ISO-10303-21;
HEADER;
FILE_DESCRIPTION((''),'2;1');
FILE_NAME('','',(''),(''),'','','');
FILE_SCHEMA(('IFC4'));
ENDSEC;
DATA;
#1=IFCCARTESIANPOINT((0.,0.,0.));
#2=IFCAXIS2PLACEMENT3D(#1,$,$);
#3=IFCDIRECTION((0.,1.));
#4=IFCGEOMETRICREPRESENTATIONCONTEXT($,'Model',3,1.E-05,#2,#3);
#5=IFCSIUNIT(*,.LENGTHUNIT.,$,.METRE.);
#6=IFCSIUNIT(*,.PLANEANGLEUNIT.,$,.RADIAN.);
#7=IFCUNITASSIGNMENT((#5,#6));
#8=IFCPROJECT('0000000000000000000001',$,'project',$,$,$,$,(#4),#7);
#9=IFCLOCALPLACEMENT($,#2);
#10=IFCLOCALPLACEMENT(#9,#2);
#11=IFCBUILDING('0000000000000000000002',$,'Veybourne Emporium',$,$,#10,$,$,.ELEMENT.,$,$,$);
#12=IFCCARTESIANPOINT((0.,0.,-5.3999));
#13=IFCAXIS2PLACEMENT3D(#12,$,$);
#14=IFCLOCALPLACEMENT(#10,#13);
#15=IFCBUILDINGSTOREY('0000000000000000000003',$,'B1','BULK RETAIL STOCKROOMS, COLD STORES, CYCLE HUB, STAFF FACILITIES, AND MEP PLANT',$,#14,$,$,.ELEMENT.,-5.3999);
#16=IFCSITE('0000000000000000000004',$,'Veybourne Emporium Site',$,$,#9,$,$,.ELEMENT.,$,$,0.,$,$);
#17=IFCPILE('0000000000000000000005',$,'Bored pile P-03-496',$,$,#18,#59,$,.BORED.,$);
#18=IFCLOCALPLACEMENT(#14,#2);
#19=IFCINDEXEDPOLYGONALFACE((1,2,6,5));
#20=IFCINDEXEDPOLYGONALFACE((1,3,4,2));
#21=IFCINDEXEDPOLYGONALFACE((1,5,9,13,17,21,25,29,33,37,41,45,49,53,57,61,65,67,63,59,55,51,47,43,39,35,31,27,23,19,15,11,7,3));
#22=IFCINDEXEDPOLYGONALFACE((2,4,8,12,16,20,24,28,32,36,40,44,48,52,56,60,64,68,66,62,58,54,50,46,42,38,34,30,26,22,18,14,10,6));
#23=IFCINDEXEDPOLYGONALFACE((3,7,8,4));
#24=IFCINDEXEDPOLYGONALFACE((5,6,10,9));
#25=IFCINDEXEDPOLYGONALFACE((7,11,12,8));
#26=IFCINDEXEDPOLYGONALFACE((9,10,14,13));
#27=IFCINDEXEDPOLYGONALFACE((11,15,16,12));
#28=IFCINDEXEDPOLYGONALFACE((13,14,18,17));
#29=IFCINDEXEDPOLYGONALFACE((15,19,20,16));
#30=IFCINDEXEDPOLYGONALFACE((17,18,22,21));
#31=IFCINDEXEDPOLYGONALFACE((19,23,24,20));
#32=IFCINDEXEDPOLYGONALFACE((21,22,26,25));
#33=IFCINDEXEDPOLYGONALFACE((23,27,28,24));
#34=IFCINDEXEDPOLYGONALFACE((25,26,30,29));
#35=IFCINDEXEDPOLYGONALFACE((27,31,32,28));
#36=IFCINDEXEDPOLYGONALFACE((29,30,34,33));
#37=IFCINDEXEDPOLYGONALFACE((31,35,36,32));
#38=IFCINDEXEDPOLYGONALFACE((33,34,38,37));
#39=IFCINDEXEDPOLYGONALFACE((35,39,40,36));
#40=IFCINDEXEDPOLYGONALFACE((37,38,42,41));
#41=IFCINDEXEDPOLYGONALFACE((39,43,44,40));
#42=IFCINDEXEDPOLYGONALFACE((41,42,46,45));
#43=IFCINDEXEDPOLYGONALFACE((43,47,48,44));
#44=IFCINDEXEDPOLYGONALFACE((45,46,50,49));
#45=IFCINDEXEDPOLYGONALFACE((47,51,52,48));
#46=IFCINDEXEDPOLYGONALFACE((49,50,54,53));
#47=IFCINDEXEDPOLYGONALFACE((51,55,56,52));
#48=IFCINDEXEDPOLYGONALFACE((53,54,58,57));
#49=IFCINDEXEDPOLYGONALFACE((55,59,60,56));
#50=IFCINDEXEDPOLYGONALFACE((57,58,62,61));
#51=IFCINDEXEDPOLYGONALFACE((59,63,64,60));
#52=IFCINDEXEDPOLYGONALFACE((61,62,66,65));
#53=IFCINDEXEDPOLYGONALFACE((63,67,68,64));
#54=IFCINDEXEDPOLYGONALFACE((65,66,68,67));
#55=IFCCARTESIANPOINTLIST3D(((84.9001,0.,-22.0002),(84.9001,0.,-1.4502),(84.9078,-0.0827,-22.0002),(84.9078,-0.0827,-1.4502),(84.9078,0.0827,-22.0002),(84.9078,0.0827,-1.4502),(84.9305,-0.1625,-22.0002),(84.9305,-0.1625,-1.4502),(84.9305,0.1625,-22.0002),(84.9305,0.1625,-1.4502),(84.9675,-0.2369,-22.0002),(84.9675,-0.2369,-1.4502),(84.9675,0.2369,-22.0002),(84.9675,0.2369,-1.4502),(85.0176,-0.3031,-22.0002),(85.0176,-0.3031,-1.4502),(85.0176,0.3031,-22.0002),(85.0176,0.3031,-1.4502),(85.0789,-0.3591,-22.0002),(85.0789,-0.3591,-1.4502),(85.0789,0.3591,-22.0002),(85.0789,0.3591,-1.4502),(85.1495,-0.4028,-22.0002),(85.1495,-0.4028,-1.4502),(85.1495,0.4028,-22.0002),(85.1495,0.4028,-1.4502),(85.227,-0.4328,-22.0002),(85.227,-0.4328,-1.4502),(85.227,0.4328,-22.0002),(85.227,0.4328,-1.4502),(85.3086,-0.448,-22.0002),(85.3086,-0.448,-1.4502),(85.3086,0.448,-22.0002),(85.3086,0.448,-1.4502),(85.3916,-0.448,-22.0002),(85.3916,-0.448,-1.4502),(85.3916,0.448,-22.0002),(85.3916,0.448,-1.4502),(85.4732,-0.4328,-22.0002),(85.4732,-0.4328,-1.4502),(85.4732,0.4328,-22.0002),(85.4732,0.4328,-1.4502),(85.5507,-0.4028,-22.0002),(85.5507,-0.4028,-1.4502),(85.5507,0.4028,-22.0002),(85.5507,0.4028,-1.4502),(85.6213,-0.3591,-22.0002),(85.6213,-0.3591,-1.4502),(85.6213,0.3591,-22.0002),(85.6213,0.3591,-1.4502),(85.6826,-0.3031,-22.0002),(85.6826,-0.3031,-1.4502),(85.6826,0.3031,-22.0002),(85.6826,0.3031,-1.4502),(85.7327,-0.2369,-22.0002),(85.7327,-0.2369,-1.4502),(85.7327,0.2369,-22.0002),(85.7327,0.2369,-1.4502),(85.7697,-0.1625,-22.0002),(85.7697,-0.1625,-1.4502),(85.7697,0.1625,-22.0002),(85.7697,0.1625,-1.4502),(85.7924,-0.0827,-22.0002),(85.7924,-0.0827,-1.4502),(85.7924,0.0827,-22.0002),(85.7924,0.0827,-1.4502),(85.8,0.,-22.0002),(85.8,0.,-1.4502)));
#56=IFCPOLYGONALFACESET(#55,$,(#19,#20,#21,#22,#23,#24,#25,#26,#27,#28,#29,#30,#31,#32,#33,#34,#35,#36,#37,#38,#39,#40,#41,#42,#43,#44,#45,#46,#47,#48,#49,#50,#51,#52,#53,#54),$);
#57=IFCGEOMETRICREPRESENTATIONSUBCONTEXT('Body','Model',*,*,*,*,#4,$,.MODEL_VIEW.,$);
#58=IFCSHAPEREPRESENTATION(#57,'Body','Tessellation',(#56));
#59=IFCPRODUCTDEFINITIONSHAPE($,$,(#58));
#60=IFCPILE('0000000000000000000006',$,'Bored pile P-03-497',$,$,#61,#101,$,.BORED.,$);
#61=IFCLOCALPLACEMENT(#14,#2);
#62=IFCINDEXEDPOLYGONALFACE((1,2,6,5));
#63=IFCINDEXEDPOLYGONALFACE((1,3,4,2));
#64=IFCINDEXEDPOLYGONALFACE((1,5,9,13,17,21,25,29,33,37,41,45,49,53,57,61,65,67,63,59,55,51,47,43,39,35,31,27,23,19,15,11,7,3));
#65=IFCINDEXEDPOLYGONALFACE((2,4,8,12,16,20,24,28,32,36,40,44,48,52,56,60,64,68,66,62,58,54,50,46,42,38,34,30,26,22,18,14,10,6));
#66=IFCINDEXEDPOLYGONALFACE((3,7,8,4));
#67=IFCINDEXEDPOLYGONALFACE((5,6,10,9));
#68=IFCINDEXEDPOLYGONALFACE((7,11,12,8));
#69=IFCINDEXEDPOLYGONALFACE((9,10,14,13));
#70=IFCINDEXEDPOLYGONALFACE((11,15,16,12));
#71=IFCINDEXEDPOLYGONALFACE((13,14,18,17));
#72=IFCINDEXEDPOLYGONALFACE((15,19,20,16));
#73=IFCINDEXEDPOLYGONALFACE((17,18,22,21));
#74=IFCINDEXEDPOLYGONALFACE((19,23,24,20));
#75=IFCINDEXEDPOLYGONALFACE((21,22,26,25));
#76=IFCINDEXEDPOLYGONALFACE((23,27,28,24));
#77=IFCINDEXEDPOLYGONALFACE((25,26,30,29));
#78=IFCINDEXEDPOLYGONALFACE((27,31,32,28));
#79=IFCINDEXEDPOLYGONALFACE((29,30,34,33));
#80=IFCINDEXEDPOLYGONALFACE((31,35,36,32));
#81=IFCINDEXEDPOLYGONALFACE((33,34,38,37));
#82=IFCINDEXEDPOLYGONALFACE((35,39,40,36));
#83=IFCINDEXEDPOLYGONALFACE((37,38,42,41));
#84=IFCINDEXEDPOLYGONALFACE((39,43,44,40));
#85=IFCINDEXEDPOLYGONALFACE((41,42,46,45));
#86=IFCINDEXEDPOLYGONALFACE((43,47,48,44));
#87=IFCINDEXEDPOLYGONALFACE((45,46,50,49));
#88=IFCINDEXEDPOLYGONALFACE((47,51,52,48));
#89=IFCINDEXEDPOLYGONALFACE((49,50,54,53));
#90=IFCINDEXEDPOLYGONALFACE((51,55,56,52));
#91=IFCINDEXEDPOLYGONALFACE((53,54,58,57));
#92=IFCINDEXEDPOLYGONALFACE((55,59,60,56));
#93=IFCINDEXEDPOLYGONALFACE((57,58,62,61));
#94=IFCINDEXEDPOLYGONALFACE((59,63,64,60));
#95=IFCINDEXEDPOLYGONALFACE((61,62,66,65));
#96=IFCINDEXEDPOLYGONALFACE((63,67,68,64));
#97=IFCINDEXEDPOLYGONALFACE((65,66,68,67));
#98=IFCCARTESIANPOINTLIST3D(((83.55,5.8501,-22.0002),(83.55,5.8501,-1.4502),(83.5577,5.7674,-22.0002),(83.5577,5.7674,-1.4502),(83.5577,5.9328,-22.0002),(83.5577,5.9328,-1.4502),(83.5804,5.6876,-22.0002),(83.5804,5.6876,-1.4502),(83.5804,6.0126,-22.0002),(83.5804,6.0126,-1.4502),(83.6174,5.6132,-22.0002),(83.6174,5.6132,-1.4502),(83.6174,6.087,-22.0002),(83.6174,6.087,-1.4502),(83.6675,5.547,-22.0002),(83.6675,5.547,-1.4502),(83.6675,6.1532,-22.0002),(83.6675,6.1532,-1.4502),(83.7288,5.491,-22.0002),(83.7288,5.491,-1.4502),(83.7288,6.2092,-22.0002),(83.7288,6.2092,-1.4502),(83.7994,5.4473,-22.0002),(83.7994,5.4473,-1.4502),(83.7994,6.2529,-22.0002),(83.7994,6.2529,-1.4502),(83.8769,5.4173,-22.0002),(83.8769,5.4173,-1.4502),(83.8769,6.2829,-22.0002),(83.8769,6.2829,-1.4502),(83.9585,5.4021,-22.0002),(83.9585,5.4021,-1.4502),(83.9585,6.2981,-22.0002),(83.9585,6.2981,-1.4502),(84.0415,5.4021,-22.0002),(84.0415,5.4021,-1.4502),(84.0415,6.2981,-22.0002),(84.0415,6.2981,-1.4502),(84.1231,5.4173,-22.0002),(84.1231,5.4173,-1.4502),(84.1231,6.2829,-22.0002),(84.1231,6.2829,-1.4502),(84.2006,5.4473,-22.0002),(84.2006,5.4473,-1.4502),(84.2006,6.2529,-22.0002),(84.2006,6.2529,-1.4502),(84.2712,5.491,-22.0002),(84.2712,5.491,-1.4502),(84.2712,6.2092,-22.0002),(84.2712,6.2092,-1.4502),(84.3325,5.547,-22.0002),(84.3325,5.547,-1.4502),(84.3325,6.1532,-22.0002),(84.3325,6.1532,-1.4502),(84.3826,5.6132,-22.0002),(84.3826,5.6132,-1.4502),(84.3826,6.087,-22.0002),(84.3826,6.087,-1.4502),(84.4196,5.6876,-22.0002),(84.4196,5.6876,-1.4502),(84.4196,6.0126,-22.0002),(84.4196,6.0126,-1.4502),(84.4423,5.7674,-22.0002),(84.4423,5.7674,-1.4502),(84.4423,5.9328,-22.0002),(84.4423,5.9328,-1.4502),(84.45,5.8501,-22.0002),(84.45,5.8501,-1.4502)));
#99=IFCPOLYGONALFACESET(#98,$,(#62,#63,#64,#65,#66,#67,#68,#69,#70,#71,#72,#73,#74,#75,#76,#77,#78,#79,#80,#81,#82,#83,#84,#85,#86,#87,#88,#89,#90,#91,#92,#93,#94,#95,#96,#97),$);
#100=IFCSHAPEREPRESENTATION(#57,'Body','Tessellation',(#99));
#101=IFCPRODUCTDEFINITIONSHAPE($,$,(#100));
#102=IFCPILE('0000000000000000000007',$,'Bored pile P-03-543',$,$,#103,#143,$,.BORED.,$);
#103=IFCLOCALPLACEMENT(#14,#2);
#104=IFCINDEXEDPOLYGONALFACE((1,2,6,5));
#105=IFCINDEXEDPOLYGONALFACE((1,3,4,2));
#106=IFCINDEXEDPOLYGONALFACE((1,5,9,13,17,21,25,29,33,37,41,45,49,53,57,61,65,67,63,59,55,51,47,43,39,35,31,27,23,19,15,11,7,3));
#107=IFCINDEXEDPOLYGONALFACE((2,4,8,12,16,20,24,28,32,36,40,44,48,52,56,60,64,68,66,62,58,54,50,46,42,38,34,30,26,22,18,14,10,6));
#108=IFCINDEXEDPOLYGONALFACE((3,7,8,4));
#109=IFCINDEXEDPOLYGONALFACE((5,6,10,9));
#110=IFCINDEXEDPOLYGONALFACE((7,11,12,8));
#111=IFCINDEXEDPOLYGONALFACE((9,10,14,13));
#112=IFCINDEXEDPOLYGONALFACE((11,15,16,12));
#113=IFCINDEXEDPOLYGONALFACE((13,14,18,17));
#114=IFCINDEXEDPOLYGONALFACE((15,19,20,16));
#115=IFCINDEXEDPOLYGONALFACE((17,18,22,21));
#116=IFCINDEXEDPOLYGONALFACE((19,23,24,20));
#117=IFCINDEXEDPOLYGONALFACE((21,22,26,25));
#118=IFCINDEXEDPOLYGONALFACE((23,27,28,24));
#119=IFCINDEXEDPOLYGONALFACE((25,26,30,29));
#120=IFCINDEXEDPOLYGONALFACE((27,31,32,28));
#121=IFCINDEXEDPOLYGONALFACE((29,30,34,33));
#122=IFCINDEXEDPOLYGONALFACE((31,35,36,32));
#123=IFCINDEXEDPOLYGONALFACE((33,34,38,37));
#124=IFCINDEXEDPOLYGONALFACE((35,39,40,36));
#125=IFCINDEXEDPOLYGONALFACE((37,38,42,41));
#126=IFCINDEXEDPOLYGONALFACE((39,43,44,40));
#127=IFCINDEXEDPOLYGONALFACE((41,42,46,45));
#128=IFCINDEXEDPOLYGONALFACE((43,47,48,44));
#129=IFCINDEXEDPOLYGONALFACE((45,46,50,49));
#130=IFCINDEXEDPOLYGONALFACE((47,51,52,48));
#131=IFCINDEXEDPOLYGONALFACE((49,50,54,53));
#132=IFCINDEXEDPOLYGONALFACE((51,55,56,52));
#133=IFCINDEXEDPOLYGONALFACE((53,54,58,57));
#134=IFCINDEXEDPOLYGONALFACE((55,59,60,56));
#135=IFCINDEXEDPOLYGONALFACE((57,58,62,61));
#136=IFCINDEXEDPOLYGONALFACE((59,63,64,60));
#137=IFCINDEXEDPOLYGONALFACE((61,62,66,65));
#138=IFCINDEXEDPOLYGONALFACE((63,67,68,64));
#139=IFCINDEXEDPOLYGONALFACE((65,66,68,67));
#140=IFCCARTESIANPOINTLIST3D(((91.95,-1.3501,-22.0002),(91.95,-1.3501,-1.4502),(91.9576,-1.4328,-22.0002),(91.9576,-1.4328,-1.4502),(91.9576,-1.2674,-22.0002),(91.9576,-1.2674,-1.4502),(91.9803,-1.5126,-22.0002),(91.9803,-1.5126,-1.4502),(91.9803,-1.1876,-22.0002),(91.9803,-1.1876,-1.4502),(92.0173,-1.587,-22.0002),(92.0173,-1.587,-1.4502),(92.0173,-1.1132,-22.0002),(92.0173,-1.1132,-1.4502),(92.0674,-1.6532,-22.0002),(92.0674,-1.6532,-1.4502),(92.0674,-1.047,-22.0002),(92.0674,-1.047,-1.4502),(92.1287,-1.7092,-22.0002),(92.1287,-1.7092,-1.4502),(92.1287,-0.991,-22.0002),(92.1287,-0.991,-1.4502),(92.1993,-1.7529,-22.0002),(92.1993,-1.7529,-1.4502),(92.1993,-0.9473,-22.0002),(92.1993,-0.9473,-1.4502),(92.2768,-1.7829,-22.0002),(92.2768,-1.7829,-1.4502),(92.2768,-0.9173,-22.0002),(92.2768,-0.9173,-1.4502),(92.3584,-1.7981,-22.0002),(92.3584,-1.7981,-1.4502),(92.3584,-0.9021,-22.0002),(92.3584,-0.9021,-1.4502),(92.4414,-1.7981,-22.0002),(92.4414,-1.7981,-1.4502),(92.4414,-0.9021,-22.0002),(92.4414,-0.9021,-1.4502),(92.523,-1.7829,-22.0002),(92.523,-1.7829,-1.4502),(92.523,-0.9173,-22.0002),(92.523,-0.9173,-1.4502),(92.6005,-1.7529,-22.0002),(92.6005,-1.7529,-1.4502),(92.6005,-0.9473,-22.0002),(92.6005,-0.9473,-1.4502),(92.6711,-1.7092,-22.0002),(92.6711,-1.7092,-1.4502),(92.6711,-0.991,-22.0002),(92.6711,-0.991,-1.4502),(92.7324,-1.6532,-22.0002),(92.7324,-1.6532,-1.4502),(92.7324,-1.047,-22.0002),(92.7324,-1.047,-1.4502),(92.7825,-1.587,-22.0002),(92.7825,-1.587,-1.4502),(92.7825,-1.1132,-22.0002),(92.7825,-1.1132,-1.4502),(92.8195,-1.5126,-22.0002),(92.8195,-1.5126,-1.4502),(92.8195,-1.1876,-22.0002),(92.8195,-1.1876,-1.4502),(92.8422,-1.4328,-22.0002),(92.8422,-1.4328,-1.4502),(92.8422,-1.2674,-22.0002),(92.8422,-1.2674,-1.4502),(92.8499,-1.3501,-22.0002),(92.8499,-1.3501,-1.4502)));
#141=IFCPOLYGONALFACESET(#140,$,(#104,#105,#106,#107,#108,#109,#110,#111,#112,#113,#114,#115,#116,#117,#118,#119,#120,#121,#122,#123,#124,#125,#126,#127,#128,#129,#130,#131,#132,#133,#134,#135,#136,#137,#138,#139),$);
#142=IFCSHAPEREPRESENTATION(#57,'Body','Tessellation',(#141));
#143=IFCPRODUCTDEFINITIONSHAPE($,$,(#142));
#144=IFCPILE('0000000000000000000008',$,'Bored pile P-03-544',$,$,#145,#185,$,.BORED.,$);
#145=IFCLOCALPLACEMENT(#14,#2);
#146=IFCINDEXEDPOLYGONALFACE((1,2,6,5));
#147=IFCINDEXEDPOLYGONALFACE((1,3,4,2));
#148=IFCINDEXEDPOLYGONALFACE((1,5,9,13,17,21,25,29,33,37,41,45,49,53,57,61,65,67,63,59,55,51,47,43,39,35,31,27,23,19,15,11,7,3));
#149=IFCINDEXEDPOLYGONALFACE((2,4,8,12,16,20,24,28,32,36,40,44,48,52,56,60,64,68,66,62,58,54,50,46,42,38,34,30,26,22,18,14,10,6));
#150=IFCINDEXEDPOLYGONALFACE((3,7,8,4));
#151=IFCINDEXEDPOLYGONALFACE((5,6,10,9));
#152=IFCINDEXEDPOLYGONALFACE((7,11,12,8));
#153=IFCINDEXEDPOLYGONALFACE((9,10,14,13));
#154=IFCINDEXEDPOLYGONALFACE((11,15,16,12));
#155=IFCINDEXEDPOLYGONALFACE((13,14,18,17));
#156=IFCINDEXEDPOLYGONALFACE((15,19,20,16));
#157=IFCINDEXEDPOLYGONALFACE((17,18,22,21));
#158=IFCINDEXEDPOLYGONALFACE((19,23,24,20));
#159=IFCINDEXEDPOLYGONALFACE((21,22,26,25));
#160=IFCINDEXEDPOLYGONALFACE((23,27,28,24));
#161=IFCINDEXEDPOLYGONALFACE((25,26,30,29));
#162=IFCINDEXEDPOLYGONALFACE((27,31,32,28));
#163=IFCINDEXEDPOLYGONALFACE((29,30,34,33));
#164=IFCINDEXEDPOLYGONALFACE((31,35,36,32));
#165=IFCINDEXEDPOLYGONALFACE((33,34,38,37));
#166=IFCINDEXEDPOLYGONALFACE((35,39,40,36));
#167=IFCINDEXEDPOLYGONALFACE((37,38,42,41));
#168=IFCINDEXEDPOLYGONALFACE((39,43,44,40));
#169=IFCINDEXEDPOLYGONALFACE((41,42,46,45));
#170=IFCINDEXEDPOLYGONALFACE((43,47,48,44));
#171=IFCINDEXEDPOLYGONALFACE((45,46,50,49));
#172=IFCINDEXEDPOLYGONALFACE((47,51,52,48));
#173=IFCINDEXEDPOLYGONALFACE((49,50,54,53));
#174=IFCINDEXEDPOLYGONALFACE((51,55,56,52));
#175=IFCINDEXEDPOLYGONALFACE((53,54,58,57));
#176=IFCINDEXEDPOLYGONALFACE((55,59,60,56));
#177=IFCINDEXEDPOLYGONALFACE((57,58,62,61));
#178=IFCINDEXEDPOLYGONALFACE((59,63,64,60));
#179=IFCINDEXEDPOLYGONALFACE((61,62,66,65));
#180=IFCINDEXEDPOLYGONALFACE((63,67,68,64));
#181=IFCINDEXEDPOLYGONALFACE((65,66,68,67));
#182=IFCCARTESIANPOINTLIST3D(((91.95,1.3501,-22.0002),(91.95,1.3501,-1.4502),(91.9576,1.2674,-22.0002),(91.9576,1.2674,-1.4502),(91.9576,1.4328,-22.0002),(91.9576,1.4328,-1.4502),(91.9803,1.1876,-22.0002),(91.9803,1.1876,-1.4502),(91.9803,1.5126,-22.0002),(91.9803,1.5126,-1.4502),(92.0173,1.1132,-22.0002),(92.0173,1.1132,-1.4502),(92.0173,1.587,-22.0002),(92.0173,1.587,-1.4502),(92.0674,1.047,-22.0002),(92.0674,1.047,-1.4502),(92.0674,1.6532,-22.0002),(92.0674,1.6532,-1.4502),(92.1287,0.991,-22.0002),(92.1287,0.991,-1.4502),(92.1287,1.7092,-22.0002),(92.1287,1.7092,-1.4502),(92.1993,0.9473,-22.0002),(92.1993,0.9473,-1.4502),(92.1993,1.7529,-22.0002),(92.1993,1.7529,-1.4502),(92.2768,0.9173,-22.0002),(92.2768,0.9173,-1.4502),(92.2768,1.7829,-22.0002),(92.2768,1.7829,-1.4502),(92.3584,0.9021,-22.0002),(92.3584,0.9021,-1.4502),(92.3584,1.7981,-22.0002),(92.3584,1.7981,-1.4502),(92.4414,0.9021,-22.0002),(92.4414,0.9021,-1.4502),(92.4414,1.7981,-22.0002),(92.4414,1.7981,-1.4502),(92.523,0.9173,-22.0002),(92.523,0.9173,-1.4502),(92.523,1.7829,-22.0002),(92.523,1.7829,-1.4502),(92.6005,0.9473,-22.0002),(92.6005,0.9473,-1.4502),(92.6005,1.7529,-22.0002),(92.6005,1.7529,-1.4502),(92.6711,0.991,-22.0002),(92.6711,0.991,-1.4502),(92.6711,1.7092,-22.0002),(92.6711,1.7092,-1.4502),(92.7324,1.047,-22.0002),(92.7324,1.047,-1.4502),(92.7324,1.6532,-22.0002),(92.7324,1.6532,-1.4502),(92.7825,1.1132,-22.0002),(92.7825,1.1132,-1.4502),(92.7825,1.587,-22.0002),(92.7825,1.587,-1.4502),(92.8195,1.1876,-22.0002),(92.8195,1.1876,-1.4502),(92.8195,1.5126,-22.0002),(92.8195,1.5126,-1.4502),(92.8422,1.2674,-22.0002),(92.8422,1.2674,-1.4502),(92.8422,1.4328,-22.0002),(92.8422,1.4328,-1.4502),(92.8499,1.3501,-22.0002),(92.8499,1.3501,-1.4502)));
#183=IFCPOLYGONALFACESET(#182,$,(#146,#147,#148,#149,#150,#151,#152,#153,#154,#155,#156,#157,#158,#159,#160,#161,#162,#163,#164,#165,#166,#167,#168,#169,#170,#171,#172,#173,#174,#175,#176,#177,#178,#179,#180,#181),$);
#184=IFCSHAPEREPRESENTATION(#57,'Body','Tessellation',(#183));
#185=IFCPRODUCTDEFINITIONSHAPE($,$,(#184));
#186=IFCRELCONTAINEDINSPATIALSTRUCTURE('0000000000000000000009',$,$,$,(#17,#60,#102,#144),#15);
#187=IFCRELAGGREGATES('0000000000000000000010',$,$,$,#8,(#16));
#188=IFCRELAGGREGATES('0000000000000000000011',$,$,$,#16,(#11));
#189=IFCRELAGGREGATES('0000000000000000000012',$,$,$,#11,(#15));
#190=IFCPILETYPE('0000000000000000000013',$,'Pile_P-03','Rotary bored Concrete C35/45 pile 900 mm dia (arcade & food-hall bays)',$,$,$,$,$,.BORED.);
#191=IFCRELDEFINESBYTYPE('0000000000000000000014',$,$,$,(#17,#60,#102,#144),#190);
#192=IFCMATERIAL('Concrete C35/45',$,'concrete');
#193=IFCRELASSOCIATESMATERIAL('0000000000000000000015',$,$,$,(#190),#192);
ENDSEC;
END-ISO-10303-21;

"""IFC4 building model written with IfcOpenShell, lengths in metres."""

from ifc_helpers import new_model, si_unit, direction, frame, origin, origin_2d, place, context, subcontext, project, spatial, circle, extrude, material, material_profile, profile_set, type_object, element, save


model = new_model("IFC4")

# Units and contexts
model_context = context("Model", 3, precision=1e-05, world=origin(), true_north=direction((0.0, 1.0)))
body_context = subcontext(model_context, "Body", "Model", "MODEL_VIEW")
ifc_project = project(units=[si_unit("LENGTHUNIT", "METRE"), si_unit("PLANEANGLEUNIT", "RADIAN")], contexts=[model_context])

# Site, building, storey
site_placement = place(None, origin())
site = spatial("IfcSite", under=ifc_project, at=site_placement, Name="Veybourne Emporium Site", CompositionType="ELEMENT", RefElevation=0.0)
building_placement = place(site_placement, origin())
building = spatial("IfcBuilding", under=site, at=building_placement, Name="Veybourne Emporium", CompositionType="ELEMENT")
storey_placement = place(building_placement, frame((0.0, 0.0, -5.3999)))
storey = spatial("IfcBuildingStorey", under=building, at=storey_placement, Name="B1", Description="BULK RETAIL STOCKROOMS, COLD STORES, CYCLE HUB, STAFF FACILITIES, AND MEP PLANT", CompositionType="ELEMENT", Elevation=-5.3999)

# Shared definitions
ifc_material_1 = material(Name="Concrete C35/45", Category="concrete")

# Piles
ifc_material_profile_1 = material_profile(ifc_material_1, circle(Radius=0.45, at=origin_2d()), Name="BORED PILE 900")
ifc_profile_set_1 = profile_set([ifc_material_profile_1], Name="Concrete C35/45")
pile_type = type_object("IfcPileType", Name="Pile_P-03", Description="Rotary bored Concrete C35/45 pile 900 mm dia (arcade & food-hall bays)", PredefinedType="BORED", material=ifc_profile_set_1)
for number, where, z_axis, x_axis, name in (
    (1, (85.3501, 0.0, -1.4502), (0.0, 0.0, -1.0), (1.0, 0.0, 0.0), "Bored pile P-03-496"),
    (2, (84.0, 5.8501, -1.4502), (0.0, 0.0, -1.0), (1.0, 0.0, 0.0), "Bored pile P-03-497"),
    (3, (92.3999, -1.3501, -1.4502), (0.0, 0.0, -1.0), (1.0, 0.0, 0.0), "Bored pile P-03-543"),
    (4, (92.3999, 1.3501, -1.4502), (0.0, 0.0, -1.0), (1.0, 0.0, 0.0), "Bored pile P-03-544"),
):
    element("IfcPile", number, at=place(storey_placement, frame(where, z_axis=z_axis, x_axis=x_axis)), inside=storey, type_object=pile_type, Name=name, PredefinedType="BORED", context=body_context, shape_type="SweptSolid", body=[
        extrude(circle(Radius=0.45, at=origin_2d()), origin(), (0.0, 0.0, 1.0), 20.55),
    ])

save(model, "model.ifc")
